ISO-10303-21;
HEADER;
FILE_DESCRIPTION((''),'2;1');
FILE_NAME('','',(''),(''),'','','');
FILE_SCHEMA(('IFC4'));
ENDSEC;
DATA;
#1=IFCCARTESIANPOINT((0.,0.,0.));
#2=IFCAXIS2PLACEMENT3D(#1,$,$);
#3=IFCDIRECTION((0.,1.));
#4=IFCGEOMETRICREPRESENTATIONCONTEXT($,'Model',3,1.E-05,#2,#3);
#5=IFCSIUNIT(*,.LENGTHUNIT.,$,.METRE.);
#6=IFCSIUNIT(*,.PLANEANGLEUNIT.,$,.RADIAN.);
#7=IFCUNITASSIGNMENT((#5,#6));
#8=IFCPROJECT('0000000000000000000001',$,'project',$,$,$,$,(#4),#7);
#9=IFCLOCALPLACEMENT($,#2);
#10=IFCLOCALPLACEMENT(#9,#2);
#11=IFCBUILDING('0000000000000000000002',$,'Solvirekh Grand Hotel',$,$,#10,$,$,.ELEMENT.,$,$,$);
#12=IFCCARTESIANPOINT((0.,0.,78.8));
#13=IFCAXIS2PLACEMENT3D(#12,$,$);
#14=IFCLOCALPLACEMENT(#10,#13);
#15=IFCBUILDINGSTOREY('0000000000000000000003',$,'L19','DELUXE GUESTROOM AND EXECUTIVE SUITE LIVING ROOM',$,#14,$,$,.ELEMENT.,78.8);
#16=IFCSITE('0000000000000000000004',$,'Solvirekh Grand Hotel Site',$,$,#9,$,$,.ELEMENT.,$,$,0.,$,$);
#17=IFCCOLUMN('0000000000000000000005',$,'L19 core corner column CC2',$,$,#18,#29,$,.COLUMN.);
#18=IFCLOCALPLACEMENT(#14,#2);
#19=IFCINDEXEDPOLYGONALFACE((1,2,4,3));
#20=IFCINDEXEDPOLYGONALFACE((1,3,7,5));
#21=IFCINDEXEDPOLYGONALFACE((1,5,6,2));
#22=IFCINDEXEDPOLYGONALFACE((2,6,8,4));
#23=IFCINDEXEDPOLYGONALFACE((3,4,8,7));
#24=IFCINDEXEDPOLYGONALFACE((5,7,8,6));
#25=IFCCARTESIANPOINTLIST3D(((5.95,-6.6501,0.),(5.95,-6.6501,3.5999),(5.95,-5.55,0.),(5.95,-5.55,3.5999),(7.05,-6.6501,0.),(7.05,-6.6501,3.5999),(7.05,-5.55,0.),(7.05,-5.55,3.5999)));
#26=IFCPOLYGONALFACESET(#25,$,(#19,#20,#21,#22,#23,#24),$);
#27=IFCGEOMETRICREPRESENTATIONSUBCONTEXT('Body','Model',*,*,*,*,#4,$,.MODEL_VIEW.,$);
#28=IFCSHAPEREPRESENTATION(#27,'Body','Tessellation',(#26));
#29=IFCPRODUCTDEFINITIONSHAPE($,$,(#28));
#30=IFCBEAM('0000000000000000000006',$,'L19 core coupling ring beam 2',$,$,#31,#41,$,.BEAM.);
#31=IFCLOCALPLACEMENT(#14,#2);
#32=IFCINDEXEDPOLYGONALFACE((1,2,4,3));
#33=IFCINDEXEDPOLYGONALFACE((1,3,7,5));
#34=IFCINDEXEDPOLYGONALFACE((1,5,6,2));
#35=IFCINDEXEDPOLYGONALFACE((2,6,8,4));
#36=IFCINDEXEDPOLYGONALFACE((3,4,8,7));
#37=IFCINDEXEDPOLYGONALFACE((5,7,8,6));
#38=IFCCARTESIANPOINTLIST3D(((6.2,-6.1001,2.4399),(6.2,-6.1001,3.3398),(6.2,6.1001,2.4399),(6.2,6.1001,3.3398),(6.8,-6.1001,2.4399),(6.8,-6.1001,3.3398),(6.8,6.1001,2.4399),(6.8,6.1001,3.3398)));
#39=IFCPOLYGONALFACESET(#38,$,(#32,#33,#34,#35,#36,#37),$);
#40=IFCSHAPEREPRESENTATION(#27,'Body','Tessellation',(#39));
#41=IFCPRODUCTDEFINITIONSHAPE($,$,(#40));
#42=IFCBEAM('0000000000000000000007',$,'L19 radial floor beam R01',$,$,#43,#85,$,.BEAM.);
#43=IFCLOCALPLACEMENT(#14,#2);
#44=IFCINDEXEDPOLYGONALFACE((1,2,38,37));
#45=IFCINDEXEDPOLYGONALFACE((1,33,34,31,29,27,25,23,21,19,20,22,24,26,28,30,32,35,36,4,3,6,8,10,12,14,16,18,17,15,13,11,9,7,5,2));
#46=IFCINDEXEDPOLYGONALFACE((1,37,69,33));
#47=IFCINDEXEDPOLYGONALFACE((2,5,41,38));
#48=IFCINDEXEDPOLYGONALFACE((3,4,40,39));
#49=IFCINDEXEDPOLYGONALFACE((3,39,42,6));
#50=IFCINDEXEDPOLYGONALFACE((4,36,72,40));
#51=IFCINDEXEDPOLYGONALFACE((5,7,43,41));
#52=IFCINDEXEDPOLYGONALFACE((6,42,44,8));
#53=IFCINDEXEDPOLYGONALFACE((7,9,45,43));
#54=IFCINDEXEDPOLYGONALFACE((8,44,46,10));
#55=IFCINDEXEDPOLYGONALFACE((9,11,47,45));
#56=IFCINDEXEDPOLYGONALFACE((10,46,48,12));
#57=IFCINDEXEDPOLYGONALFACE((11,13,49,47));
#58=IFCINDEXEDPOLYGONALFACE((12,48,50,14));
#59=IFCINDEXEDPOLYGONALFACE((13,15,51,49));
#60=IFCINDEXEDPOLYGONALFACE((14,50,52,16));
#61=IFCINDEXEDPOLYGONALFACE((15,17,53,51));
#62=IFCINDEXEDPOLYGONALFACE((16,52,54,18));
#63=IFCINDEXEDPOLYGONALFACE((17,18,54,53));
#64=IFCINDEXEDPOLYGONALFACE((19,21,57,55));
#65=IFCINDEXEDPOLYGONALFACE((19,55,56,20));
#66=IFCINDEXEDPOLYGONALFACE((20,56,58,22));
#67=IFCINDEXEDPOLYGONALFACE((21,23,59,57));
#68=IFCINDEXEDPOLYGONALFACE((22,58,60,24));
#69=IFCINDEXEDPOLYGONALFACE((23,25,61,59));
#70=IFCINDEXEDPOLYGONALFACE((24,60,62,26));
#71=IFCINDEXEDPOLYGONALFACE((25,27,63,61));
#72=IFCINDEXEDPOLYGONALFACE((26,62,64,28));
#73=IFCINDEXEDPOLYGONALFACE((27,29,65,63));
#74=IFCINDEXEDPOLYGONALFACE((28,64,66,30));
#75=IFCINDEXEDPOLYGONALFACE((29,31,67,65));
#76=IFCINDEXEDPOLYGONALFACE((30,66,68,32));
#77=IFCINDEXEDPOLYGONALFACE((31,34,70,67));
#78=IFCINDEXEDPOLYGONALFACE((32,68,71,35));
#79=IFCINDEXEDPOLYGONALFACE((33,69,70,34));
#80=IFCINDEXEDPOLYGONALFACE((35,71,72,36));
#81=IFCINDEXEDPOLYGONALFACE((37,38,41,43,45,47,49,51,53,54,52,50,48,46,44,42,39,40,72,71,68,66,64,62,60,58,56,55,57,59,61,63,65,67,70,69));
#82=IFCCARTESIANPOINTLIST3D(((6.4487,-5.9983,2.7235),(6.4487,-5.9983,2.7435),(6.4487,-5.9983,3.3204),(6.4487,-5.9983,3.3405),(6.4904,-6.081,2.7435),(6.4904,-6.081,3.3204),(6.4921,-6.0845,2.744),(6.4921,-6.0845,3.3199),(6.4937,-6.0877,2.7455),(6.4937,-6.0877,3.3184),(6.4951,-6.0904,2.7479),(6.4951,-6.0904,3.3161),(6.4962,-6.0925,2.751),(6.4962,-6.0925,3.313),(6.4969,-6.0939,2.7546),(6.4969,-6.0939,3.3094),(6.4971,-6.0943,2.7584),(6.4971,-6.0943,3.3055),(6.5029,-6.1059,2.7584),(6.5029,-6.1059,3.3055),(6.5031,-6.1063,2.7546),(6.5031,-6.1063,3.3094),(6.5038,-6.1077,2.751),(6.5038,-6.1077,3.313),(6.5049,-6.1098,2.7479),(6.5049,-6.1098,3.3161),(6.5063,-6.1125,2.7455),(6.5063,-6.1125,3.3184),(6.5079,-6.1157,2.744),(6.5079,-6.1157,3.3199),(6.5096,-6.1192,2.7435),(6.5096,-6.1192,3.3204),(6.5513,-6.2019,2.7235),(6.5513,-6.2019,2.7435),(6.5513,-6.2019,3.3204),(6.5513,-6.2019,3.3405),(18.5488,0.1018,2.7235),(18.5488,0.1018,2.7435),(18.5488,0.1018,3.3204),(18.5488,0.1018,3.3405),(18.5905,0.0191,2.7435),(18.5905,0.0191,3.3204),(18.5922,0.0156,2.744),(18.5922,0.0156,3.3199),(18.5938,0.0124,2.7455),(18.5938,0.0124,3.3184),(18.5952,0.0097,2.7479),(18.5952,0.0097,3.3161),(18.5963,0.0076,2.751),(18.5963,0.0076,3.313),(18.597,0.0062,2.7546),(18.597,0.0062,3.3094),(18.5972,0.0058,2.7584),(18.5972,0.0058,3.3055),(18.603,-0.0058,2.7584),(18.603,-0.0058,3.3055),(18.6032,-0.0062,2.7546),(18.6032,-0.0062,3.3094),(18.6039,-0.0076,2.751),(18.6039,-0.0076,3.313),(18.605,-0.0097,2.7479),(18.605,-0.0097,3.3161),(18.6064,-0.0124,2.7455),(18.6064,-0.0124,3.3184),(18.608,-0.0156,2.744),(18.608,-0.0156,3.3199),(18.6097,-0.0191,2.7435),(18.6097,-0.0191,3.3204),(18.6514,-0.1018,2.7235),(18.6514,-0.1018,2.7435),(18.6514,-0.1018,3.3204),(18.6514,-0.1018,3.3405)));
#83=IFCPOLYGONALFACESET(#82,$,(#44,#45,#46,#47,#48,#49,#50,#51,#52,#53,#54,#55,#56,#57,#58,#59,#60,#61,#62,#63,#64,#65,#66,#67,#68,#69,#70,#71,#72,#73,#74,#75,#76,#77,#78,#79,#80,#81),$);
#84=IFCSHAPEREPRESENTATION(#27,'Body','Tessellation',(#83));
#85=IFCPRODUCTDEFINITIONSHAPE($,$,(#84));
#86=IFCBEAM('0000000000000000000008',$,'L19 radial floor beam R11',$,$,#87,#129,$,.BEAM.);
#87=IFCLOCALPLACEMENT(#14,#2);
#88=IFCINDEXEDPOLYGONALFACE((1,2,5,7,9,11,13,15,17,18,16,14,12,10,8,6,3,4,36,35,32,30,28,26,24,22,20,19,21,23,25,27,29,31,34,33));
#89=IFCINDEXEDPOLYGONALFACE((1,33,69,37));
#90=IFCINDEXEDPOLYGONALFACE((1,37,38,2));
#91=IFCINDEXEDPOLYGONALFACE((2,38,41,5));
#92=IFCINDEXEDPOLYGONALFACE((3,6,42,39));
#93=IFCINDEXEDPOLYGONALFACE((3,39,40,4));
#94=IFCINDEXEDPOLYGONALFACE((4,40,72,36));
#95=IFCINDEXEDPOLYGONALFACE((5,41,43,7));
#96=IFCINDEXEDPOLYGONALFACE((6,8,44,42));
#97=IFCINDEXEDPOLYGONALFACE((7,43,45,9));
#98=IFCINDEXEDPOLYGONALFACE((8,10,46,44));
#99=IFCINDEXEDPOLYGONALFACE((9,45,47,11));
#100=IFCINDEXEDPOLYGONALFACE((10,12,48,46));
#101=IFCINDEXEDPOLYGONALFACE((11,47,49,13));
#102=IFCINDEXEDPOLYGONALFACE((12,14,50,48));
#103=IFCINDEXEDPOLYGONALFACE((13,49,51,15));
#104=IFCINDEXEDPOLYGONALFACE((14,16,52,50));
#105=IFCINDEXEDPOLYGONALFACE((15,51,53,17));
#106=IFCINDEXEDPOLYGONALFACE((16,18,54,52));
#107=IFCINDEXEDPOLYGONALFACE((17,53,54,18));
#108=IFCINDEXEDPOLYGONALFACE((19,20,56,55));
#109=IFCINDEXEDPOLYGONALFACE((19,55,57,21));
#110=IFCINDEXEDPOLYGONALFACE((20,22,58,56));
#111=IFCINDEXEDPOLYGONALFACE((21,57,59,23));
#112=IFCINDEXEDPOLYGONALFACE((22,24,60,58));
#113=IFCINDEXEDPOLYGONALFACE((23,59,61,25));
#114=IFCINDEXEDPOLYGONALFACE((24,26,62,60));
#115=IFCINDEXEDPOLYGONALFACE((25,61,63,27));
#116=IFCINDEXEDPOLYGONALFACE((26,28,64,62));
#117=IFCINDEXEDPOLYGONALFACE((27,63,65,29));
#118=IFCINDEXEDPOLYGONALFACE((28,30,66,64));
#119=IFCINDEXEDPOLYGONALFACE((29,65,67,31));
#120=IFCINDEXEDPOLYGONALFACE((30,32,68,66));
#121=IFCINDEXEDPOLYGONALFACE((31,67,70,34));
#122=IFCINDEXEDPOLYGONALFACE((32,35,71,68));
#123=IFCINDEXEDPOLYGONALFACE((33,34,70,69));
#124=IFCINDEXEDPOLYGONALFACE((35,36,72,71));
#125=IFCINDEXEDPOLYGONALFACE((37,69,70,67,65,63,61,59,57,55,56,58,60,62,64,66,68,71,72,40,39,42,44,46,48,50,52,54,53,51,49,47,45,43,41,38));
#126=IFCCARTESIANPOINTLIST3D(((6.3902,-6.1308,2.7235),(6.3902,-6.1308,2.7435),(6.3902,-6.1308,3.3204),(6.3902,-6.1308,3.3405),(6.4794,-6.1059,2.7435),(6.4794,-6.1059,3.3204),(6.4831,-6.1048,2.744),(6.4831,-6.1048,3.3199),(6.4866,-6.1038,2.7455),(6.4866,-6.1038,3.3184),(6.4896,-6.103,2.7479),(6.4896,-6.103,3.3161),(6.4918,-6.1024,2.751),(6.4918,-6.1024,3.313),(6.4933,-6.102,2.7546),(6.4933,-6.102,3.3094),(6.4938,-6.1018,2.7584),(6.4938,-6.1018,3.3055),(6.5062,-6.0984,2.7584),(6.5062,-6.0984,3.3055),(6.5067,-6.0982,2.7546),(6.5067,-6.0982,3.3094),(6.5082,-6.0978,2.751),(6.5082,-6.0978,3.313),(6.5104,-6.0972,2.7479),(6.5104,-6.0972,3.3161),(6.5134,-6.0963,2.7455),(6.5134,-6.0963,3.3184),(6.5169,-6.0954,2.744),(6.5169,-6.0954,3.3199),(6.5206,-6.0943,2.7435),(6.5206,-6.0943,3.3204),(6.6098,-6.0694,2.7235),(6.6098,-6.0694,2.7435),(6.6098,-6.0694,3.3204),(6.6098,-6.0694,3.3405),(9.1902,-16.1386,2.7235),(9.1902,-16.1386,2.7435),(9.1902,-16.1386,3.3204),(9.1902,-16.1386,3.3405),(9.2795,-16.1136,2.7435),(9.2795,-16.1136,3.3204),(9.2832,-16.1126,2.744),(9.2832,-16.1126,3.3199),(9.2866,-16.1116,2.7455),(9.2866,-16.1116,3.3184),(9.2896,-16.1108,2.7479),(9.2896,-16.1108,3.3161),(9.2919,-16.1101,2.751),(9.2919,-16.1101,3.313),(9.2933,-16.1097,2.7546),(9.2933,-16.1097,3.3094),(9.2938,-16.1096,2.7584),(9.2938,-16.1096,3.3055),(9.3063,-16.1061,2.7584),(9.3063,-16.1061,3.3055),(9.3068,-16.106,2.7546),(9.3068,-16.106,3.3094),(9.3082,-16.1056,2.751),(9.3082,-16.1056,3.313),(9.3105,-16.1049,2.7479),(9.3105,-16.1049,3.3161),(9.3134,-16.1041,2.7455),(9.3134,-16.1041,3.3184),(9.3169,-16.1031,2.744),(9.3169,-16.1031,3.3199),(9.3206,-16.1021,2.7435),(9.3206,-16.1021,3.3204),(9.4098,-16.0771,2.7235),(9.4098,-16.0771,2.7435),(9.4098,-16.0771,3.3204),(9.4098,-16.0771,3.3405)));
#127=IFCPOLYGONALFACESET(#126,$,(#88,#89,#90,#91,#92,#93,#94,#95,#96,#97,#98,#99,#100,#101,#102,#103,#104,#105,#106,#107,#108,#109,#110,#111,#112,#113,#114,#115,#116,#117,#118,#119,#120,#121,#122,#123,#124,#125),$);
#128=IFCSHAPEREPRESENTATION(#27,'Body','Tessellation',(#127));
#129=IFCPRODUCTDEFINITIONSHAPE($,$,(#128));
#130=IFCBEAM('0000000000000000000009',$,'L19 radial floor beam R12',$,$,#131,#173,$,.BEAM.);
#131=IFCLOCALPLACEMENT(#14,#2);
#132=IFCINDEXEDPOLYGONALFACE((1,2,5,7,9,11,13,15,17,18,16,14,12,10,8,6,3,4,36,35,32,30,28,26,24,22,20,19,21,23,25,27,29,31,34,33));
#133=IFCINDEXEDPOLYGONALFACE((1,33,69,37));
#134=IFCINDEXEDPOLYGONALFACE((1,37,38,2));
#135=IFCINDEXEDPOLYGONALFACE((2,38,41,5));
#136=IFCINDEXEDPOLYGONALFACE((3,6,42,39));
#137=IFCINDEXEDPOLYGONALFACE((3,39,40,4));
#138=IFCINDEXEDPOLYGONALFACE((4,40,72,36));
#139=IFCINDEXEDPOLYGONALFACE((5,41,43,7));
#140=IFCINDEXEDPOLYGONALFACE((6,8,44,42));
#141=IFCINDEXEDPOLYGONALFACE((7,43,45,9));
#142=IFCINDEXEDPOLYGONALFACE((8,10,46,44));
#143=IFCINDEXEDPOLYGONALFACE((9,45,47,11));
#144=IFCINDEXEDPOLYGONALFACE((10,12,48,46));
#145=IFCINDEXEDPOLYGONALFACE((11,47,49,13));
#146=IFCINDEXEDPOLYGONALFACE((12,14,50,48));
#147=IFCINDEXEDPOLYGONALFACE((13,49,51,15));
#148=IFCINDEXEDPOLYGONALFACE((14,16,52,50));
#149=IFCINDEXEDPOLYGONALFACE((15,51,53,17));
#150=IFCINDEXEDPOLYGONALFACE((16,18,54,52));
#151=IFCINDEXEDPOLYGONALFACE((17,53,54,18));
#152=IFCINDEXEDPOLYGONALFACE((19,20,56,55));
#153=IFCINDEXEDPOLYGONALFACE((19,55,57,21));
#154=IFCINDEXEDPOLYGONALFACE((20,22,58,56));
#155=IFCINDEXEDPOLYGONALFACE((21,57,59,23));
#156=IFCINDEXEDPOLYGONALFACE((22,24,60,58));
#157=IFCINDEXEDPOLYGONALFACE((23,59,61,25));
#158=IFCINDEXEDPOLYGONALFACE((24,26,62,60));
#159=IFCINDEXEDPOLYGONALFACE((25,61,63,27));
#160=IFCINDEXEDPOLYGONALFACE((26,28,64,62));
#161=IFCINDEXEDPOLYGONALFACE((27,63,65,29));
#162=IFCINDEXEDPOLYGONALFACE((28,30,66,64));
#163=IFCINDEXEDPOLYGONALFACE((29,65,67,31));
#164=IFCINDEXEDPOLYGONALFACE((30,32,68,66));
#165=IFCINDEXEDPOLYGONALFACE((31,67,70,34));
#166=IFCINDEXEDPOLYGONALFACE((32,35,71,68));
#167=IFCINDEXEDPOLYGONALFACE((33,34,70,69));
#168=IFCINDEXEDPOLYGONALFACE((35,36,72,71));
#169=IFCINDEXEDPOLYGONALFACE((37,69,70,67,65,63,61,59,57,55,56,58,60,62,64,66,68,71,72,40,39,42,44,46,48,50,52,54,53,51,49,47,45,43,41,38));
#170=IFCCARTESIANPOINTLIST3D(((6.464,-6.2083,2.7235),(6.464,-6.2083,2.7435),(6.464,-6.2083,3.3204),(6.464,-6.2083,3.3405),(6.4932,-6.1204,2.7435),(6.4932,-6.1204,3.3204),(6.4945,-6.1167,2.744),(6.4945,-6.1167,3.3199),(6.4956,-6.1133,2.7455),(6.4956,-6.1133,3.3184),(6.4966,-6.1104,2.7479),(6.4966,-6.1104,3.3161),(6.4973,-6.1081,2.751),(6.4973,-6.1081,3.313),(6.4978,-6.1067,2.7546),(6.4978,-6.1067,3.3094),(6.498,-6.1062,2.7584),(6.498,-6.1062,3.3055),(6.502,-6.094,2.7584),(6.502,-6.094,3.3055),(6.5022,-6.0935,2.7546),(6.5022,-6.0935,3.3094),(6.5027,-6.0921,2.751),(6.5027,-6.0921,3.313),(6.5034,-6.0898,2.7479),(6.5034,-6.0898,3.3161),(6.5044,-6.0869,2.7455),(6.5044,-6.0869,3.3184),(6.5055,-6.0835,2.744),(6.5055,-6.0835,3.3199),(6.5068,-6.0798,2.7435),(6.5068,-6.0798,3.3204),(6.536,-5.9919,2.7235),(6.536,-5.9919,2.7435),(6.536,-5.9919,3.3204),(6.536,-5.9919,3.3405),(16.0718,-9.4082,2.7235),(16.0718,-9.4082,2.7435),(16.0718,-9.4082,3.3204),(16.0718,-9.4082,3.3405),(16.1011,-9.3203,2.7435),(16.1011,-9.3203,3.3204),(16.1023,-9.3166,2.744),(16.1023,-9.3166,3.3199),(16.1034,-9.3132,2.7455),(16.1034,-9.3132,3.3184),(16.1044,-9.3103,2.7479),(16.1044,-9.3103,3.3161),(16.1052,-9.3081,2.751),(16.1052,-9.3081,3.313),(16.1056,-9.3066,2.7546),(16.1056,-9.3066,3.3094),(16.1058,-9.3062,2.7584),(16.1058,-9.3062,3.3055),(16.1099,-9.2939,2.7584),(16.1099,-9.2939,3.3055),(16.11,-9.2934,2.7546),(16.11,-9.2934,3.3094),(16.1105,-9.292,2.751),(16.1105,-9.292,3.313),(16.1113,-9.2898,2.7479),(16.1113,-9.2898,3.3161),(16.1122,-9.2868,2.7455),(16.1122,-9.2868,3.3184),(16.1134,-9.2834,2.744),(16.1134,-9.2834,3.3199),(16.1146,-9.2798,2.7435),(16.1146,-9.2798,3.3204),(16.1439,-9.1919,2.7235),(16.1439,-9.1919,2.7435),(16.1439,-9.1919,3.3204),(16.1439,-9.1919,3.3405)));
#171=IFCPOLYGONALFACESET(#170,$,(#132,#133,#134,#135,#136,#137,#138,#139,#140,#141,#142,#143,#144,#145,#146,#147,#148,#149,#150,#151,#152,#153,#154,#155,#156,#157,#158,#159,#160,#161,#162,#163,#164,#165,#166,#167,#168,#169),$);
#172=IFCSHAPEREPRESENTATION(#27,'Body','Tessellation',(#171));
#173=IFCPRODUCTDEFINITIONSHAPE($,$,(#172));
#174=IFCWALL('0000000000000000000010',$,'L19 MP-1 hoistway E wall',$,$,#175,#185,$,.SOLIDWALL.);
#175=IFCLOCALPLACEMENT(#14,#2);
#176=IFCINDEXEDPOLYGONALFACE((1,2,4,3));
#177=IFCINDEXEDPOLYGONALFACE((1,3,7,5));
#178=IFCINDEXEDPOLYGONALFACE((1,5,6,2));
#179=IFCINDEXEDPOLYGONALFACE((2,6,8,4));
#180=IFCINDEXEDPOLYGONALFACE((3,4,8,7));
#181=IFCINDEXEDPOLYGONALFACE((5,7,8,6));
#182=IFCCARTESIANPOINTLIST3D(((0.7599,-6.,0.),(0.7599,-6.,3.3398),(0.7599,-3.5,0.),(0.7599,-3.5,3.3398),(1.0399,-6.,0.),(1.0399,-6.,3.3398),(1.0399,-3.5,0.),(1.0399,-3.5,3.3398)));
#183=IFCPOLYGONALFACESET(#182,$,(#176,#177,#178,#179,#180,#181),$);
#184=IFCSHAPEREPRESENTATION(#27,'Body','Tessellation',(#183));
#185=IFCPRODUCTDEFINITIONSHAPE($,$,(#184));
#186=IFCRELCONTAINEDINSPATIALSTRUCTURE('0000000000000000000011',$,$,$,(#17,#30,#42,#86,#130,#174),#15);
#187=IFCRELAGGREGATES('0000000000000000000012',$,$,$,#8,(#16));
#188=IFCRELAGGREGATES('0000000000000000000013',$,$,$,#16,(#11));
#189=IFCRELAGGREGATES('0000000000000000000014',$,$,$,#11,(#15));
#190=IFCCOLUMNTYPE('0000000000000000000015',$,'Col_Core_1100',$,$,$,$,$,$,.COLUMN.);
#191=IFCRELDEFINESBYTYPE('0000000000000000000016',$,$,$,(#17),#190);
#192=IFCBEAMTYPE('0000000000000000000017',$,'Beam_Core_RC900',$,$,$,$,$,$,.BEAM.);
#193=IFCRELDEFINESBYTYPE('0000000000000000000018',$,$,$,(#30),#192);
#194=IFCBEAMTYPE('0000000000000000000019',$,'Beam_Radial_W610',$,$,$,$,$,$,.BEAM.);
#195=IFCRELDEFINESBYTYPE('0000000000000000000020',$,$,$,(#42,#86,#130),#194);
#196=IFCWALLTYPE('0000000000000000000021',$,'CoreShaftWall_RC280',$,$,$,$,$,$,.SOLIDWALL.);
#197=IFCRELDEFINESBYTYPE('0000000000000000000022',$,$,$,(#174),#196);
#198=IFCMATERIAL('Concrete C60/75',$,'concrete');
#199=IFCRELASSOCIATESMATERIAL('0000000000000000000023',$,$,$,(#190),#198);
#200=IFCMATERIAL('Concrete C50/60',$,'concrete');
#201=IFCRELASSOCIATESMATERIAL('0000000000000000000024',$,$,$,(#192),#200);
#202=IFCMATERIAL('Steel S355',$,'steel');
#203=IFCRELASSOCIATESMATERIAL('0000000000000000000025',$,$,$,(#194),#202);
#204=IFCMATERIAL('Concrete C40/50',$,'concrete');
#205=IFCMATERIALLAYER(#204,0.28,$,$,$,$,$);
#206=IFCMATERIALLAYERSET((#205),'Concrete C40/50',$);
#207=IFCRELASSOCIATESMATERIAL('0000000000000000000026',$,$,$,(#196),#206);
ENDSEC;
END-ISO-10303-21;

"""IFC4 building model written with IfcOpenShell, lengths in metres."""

from ifc_helpers import new_model, si_unit, direction, frame, frame_2d, origin, origin_2d, place, context, subcontext, project, spatial, rectangle, i_section, extrude, material, layer, layer_set, material_profile, profile_set, type_object, element, save


model = new_model("IFC4")

# Units and contexts
model_context = context("Model", 3, precision=1e-05, world=origin(), true_north=direction((0.0, 1.0)))
body_context = subcontext(model_context, "Body", "Model", "MODEL_VIEW")
ifc_project = project(units=[si_unit("LENGTHUNIT", "METRE"), si_unit("PLANEANGLEUNIT", "RADIAN")], contexts=[model_context])

# Site, building, storey
site_placement = place(None, origin())
site = spatial("IfcSite", under=ifc_project, at=site_placement, Name="Solvirekh Grand Hotel Site", CompositionType="ELEMENT", RefElevation=0.0)
building_placement = place(site_placement, origin())
building = spatial("IfcBuilding", under=site, at=building_placement, Name="Solvirekh Grand Hotel", CompositionType="ELEMENT")
storey_placement = place(building_placement, frame((0.0, 0.0, 78.8)))
storey = spatial("IfcBuildingStorey", under=building, at=storey_placement, Name="L19", Description="DELUXE GUESTROOM AND EXECUTIVE SUITE LIVING ROOM", CompositionType="ELEMENT", Elevation=78.8)

# Column
ifc_material_1 = material(Name="Concrete C60/75", Category="concrete")
ifc_material_profile_1 = material_profile(ifc_material_1, rectangle(XDim=1.1001, YDim=1.1001, at=origin_2d()), Name="RC 1100X1100")
ifc_profile_set_1 = profile_set([ifc_material_profile_1], Name="Concrete C60/75")
column_type = type_object("IfcColumnType", Name="Col_Core_1100", PredefinedType="COLUMN", material=ifc_profile_set_1)
column_placement = place(storey_placement, frame((6.5, -6.1001, 0.0), z_axis=(0.0, 0.0, 1.0), x_axis=(1.0, 0.0, 0.0)))
element("IfcColumn", 1, at=column_placement, inside=storey, type_object=column_type, Name="L19 core corner column CC2", PredefinedType="COLUMN", context=body_context, shape_type="SweptSolid", body=[
    extrude(rectangle(XDim=1.1001, YDim=1.1001, at=origin_2d()), origin(), (0.0, 0.0, 1.0), 3.5999),
])

# Beams
ifc_material_2 = material(Name="Concrete C50/60", Category="concrete")
ifc_material_profile_2 = material_profile(ifc_material_2, rectangle(XDim=0.6001, YDim=0.8999, at=origin_2d()), Name="RC BEAM 600X900")
ifc_profile_set_2 = profile_set([ifc_material_profile_2], Name="Concrete C50/60")
beam_type_1 = type_object("IfcBeamType", Name="Beam_Core_RC900", PredefinedType="BEAM", material=ifc_profile_set_2)
beam_1_placement = place(storey_placement, frame((6.5, -6.1001, 2.8899), z_axis=(0.0, 1.0, 0.0), x_axis=(-1.0, 0.0, 0.0)))
element("IfcBeam", 2, at=beam_1_placement, inside=storey, type_object=beam_type_1, Name="L19 core coupling ring beam 2", PredefinedType="BEAM", context=body_context, shape_type="SweptSolid", body=[
    extrude(rectangle(XDim=0.6001, YDim=0.8999, at=origin_2d()), origin(), (0.0, 0.0, 1.0), 12.2002),
])
ifc_material_3 = material(Name="Steel S355", Category="steel")
ifc_material_profile_3 = material_profile(ifc_material_3, i_section(OverallWidth=0.228, OverallDepth=0.6169, WebThickness=0.0129, FlangeThickness=0.02, FilletRadius=0.0149, at=origin_2d()), Name="W610X140")
ifc_profile_set_3 = profile_set([ifc_material_profile_3], Name="Steel S355")
beam_type_2 = type_object("IfcBeamType", Name="Beam_Radial_W610", PredefinedType="BEAM", material=ifc_profile_set_3)
beam_2_placement = place(storey_placement, frame((6.5, -6.1001, 3.032), z_axis=(0.892945, 0.450166, 0.0), x_axis=(-0.450166, 0.892945, 0.0)))
element("IfcBeam", 3, at=beam_2_placement, inside=storey, type_object=beam_type_2, Name="L19 radial floor beam R01", PredefinedType="BEAM", context=body_context, shape_type="SweptSolid", body=[
    extrude(i_section(OverallWidth=0.228, OverallDepth=0.6169, WebThickness=0.0129, FlangeThickness=0.02, FilletRadius=0.0149, at=origin_2d()), origin(), (0.0, 0.0, 1.0), 13.5508),
])
beam_3_placement = place(storey_placement, frame((6.5, -6.1001, 3.032), z_axis=(0.269439, -0.963017, 0.0), x_axis=(0.963017, 0.269439, 0.0)))
element("IfcBeam", 4, at=beam_3_placement, inside=storey, type_object=beam_type_2, Name="L19 radial floor beam R11", PredefinedType="BEAM", context=body_context, shape_type="SweptSolid", body=[
    extrude(i_section(OverallWidth=0.228, OverallDepth=0.6169, WebThickness=0.0129, FlangeThickness=0.02, FilletRadius=0.0149, at=origin_2d()), origin(), (0.0, 0.0, 1.0), 10.3921),
])
beam_4_placement = place(storey_placement, frame((6.5, -6.1001, 3.032), z_axis=(0.948763, -0.315989, 0.0), x_axis=(0.315989, 0.948763, 0.0)))
element("IfcBeam", 5, at=beam_4_placement, inside=storey, type_object=beam_type_2, Name="L19 radial floor beam R12", PredefinedType="BEAM", context=body_context, shape_type="SweptSolid", body=[
    extrude(i_section(OverallWidth=0.228, OverallDepth=0.6169, WebThickness=0.0129, FlangeThickness=0.02, FilletRadius=0.0149, at=origin_2d()), origin(), (0.0, 0.0, 1.0), 10.1267),
])

# Wall
ifc_material_4 = material(Name="Concrete C40/50", Category="concrete")
ifc_layer_1 = layer(ifc_material_4, 0.28)
ifc_layer_set_1 = layer_set([ifc_layer_1], Name="Concrete C40/50")
wall_type_1 = type_object("IfcWallType", Name="CoreShaftWall_RC280", PredefinedType="SOLIDWALL", material=ifc_layer_set_1)
wall_1_placement = place(storey_placement, frame((0.8999, -6.0, 0.0), z_axis=(0.0, 0.0, 1.0), x_axis=(0.0, 1.0, 0.0)))
element("IfcWall", 6, at=wall_1_placement, inside=storey, type_object=wall_type_1, Name="L19 MP-1 hoistway E wall", PredefinedType="SOLIDWALL", context=body_context, shape_type="SweptSolid", body=[
    extrude(rectangle(XDim=2.5, YDim=0.28, at=frame_2d((1.25, 0.0))), origin(), (0.0, 0.0, 1.0), 3.3398),
])

save(model, "model.ifc")
